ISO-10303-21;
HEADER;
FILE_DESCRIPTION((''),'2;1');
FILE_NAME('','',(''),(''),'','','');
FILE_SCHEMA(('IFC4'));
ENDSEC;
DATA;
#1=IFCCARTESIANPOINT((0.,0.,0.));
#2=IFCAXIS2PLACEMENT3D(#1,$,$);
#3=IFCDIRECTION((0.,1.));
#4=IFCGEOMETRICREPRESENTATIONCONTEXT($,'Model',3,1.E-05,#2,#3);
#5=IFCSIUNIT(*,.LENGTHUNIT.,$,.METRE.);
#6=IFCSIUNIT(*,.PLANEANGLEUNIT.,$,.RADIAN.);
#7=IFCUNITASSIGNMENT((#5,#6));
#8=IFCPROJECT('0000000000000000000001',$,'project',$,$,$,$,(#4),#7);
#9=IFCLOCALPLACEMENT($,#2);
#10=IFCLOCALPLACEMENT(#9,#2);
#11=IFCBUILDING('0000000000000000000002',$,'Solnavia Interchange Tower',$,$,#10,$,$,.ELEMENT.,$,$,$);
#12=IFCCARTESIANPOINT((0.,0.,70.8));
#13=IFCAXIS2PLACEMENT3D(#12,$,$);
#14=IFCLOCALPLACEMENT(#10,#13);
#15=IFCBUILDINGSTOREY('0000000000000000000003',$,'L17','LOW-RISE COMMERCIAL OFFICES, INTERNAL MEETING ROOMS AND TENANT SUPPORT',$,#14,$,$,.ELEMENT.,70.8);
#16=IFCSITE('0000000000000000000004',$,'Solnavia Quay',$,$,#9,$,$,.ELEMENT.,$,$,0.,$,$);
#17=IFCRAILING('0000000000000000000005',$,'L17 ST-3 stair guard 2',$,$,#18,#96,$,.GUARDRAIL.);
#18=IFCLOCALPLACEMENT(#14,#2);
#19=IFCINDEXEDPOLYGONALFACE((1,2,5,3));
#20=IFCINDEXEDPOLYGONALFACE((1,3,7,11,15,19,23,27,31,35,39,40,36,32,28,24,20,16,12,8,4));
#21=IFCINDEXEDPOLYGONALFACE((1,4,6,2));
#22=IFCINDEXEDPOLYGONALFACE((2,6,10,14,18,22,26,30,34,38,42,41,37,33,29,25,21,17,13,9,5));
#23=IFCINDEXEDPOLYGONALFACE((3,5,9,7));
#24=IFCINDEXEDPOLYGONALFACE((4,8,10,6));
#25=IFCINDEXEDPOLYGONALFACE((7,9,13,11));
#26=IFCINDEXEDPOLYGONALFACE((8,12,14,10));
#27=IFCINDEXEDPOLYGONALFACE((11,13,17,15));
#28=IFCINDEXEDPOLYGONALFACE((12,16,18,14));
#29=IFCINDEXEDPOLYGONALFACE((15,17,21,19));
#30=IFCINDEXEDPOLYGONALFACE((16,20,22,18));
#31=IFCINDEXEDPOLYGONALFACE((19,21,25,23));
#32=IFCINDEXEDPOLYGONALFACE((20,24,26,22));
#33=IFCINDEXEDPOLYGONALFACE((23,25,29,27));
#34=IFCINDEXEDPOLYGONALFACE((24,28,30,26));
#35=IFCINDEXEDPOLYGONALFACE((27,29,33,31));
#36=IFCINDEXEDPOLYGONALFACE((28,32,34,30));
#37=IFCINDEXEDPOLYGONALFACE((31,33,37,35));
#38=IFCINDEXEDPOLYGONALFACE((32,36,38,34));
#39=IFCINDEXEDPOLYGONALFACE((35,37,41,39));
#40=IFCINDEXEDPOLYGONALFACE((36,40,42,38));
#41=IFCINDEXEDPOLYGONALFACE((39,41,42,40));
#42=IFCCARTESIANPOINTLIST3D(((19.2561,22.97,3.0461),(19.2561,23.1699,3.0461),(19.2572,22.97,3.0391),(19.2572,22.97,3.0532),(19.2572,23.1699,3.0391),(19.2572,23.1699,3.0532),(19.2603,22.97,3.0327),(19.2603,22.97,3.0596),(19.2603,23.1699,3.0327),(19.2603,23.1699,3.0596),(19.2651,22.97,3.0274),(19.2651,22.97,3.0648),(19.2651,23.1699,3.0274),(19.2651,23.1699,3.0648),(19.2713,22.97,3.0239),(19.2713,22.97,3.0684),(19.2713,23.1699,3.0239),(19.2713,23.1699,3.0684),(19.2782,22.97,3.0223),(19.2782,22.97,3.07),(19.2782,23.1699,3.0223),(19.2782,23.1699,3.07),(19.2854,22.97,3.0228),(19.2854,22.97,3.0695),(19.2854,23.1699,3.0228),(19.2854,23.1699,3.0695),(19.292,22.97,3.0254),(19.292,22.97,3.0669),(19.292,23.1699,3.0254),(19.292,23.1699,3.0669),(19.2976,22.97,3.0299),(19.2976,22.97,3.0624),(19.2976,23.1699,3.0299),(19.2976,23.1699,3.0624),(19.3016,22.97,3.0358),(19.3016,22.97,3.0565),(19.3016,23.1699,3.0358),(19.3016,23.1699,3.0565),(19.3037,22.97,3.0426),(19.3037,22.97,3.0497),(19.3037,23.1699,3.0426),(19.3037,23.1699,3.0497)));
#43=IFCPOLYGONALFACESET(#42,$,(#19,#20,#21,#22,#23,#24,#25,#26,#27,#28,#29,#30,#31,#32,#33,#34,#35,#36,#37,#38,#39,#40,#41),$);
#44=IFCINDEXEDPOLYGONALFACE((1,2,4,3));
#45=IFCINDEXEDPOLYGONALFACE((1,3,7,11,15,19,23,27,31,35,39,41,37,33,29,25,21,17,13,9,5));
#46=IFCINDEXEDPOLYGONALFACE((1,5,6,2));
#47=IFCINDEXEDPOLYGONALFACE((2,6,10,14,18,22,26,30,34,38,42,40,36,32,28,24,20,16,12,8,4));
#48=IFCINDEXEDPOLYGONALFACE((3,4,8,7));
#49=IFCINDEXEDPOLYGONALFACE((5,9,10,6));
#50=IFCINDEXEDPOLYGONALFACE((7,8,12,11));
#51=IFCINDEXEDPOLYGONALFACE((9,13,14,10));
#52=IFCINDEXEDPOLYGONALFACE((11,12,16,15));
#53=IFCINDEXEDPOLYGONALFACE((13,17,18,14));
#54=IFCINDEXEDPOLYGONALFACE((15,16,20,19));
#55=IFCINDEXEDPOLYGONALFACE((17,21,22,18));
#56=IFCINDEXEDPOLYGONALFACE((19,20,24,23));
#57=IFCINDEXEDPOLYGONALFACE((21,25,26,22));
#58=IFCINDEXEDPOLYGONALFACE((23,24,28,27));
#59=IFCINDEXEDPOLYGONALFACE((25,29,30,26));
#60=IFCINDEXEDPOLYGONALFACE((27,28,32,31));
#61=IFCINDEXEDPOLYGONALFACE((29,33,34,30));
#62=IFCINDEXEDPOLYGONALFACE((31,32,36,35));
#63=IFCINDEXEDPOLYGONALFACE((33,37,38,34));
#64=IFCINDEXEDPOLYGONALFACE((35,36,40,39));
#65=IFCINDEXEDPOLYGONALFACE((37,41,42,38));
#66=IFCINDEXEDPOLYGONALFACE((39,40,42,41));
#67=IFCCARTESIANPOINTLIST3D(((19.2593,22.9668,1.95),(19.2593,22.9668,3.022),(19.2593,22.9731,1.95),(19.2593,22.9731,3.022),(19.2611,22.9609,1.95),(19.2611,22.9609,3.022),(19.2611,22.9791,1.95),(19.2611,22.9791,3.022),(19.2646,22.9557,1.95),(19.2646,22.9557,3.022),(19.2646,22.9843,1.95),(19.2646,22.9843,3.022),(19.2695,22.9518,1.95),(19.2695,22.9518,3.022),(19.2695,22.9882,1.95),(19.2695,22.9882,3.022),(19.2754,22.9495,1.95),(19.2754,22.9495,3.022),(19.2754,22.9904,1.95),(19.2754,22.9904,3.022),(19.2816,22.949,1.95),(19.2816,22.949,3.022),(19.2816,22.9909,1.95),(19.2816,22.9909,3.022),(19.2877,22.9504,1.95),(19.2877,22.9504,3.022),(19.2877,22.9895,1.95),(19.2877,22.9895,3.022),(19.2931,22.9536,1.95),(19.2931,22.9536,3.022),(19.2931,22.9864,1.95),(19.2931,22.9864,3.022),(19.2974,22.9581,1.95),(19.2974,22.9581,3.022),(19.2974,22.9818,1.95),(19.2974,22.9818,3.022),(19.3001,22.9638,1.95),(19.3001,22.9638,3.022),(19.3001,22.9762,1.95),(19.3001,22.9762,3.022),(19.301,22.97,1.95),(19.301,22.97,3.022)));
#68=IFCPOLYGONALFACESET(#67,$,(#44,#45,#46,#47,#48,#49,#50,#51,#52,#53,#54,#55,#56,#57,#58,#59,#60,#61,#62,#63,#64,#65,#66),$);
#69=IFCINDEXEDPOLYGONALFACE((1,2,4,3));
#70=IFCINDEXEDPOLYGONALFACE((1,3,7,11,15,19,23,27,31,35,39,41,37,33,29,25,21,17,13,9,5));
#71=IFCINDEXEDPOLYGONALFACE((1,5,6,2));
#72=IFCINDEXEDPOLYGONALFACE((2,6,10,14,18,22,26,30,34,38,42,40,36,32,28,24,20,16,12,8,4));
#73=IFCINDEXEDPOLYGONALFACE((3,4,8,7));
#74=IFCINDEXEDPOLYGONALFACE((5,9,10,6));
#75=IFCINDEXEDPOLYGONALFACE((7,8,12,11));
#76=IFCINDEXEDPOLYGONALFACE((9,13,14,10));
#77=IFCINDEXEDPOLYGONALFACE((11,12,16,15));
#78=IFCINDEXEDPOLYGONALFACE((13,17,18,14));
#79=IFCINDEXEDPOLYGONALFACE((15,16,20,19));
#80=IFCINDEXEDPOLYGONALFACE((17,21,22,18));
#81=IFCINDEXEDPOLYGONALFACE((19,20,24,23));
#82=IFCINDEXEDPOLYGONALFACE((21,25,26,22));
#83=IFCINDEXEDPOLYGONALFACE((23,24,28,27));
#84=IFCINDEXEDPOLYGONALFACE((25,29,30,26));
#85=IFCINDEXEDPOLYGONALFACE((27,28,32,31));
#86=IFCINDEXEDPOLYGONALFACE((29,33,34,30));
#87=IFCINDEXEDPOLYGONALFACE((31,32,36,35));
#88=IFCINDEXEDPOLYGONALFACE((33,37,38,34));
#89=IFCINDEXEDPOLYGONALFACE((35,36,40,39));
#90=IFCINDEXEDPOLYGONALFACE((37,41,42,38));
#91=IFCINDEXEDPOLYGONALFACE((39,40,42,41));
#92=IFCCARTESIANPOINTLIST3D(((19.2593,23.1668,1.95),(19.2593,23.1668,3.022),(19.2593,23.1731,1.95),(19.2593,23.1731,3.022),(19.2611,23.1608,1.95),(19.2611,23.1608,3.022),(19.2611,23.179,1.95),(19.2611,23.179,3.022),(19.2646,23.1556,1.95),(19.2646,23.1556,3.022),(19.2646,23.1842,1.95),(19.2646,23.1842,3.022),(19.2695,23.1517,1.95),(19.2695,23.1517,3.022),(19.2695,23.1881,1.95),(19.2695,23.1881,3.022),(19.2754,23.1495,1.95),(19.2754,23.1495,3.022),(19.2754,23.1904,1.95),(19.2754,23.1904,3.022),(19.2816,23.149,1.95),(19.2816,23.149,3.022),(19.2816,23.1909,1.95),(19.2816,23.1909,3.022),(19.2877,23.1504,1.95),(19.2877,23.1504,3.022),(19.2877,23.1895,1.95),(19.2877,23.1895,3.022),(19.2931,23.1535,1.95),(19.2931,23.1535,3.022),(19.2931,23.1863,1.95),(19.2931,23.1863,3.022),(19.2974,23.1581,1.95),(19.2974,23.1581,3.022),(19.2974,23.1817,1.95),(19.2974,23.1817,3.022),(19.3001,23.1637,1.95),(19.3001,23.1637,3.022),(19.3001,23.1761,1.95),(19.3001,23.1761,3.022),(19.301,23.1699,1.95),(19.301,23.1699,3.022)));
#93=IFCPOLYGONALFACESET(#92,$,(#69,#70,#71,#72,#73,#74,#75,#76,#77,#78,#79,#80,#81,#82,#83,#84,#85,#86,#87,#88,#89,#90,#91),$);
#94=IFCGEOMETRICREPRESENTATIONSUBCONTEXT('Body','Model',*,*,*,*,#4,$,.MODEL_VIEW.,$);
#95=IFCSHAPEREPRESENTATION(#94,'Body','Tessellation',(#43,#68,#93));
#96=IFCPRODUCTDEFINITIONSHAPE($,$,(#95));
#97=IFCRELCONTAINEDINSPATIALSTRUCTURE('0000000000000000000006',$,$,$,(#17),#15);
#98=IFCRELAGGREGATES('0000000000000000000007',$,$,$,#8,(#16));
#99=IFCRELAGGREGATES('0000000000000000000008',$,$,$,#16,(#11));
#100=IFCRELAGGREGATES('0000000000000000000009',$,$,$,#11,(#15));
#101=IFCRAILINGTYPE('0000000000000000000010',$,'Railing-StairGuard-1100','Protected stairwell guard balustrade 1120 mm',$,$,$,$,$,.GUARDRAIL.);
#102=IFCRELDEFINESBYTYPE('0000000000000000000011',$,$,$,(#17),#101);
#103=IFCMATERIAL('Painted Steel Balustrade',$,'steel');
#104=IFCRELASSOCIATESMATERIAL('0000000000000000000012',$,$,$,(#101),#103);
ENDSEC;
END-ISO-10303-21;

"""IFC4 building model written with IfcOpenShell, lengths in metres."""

from ifc_helpers import new_model, si_unit, direction, frame, origin, origin_2d, place, context, subcontext, project, spatial, circle, extrude, material, type_object, element, save


model = new_model("IFC4")

# Units and contexts
model_context = context("Model", 3, precision=1e-05, world=origin(), true_north=direction((0.0, 1.0)))
body_context = subcontext(model_context, "Body", "Model", "MODEL_VIEW")
ifc_project = project(units=[si_unit("LENGTHUNIT", "METRE"), si_unit("PLANEANGLEUNIT", "RADIAN")], contexts=[model_context])

# Site, building, storey
site_placement = place(None, origin())
site = spatial("IfcSite", under=ifc_project, at=site_placement, Name="Solnavia Quay", CompositionType="ELEMENT", RefElevation=0.0)
building_placement = place(site_placement, origin())
building = spatial("IfcBuilding", under=site, at=building_placement, Name="Solnavia Interchange Tower", CompositionType="ELEMENT")
storey_placement = place(building_placement, frame((0.0, 0.0, 70.8)))
storey = spatial("IfcBuildingStorey", under=building, at=storey_placement, Name="L17", Description="LOW-RISE COMMERCIAL OFFICES, INTERNAL MEETING ROOMS AND TENANT SUPPORT", CompositionType="ELEMENT", Elevation=70.8)

# Railing
ifc_material_1 = material(Name="Painted Steel Balustrade", Category="steel")
railing_type_1 = type_object("IfcRailingType", Name="Railing-StairGuard-1100", Description="Protected stairwell guard balustrade 1120 mm", PredefinedType="GUARDRAIL", material=ifc_material_1)
railing_1_placement = place(storey_placement, frame((19.28, 22.97, 1.95)))
element("IfcRailing", 1, at=railing_1_placement, inside=storey, type_object=railing_type_1, Name="L17 ST-3 stair guard 2", PredefinedType="GUARDRAIL", context=body_context, shape_type="SweptSolid", body=[
    extrude(circle(Radius=0.0239, at=origin_2d()), frame((0.0, 0.0, 1.0962), z_axis=(0.0, 1.0, 0.0), x_axis=(-1.0, 0.0, 0.0)), (0.0, 0.0, 1.0), 0.2),
    extrude(circle(Radius=0.021, at=origin_2d()), origin(), (0.0, 0.0, 1.0), 1.072),
    extrude(circle(Radius=0.021, at=origin_2d()), frame((0.0, 0.2, 0.0)), (0.0, 0.0, 1.0), 1.072),
])

save(model, "model.ifc")
